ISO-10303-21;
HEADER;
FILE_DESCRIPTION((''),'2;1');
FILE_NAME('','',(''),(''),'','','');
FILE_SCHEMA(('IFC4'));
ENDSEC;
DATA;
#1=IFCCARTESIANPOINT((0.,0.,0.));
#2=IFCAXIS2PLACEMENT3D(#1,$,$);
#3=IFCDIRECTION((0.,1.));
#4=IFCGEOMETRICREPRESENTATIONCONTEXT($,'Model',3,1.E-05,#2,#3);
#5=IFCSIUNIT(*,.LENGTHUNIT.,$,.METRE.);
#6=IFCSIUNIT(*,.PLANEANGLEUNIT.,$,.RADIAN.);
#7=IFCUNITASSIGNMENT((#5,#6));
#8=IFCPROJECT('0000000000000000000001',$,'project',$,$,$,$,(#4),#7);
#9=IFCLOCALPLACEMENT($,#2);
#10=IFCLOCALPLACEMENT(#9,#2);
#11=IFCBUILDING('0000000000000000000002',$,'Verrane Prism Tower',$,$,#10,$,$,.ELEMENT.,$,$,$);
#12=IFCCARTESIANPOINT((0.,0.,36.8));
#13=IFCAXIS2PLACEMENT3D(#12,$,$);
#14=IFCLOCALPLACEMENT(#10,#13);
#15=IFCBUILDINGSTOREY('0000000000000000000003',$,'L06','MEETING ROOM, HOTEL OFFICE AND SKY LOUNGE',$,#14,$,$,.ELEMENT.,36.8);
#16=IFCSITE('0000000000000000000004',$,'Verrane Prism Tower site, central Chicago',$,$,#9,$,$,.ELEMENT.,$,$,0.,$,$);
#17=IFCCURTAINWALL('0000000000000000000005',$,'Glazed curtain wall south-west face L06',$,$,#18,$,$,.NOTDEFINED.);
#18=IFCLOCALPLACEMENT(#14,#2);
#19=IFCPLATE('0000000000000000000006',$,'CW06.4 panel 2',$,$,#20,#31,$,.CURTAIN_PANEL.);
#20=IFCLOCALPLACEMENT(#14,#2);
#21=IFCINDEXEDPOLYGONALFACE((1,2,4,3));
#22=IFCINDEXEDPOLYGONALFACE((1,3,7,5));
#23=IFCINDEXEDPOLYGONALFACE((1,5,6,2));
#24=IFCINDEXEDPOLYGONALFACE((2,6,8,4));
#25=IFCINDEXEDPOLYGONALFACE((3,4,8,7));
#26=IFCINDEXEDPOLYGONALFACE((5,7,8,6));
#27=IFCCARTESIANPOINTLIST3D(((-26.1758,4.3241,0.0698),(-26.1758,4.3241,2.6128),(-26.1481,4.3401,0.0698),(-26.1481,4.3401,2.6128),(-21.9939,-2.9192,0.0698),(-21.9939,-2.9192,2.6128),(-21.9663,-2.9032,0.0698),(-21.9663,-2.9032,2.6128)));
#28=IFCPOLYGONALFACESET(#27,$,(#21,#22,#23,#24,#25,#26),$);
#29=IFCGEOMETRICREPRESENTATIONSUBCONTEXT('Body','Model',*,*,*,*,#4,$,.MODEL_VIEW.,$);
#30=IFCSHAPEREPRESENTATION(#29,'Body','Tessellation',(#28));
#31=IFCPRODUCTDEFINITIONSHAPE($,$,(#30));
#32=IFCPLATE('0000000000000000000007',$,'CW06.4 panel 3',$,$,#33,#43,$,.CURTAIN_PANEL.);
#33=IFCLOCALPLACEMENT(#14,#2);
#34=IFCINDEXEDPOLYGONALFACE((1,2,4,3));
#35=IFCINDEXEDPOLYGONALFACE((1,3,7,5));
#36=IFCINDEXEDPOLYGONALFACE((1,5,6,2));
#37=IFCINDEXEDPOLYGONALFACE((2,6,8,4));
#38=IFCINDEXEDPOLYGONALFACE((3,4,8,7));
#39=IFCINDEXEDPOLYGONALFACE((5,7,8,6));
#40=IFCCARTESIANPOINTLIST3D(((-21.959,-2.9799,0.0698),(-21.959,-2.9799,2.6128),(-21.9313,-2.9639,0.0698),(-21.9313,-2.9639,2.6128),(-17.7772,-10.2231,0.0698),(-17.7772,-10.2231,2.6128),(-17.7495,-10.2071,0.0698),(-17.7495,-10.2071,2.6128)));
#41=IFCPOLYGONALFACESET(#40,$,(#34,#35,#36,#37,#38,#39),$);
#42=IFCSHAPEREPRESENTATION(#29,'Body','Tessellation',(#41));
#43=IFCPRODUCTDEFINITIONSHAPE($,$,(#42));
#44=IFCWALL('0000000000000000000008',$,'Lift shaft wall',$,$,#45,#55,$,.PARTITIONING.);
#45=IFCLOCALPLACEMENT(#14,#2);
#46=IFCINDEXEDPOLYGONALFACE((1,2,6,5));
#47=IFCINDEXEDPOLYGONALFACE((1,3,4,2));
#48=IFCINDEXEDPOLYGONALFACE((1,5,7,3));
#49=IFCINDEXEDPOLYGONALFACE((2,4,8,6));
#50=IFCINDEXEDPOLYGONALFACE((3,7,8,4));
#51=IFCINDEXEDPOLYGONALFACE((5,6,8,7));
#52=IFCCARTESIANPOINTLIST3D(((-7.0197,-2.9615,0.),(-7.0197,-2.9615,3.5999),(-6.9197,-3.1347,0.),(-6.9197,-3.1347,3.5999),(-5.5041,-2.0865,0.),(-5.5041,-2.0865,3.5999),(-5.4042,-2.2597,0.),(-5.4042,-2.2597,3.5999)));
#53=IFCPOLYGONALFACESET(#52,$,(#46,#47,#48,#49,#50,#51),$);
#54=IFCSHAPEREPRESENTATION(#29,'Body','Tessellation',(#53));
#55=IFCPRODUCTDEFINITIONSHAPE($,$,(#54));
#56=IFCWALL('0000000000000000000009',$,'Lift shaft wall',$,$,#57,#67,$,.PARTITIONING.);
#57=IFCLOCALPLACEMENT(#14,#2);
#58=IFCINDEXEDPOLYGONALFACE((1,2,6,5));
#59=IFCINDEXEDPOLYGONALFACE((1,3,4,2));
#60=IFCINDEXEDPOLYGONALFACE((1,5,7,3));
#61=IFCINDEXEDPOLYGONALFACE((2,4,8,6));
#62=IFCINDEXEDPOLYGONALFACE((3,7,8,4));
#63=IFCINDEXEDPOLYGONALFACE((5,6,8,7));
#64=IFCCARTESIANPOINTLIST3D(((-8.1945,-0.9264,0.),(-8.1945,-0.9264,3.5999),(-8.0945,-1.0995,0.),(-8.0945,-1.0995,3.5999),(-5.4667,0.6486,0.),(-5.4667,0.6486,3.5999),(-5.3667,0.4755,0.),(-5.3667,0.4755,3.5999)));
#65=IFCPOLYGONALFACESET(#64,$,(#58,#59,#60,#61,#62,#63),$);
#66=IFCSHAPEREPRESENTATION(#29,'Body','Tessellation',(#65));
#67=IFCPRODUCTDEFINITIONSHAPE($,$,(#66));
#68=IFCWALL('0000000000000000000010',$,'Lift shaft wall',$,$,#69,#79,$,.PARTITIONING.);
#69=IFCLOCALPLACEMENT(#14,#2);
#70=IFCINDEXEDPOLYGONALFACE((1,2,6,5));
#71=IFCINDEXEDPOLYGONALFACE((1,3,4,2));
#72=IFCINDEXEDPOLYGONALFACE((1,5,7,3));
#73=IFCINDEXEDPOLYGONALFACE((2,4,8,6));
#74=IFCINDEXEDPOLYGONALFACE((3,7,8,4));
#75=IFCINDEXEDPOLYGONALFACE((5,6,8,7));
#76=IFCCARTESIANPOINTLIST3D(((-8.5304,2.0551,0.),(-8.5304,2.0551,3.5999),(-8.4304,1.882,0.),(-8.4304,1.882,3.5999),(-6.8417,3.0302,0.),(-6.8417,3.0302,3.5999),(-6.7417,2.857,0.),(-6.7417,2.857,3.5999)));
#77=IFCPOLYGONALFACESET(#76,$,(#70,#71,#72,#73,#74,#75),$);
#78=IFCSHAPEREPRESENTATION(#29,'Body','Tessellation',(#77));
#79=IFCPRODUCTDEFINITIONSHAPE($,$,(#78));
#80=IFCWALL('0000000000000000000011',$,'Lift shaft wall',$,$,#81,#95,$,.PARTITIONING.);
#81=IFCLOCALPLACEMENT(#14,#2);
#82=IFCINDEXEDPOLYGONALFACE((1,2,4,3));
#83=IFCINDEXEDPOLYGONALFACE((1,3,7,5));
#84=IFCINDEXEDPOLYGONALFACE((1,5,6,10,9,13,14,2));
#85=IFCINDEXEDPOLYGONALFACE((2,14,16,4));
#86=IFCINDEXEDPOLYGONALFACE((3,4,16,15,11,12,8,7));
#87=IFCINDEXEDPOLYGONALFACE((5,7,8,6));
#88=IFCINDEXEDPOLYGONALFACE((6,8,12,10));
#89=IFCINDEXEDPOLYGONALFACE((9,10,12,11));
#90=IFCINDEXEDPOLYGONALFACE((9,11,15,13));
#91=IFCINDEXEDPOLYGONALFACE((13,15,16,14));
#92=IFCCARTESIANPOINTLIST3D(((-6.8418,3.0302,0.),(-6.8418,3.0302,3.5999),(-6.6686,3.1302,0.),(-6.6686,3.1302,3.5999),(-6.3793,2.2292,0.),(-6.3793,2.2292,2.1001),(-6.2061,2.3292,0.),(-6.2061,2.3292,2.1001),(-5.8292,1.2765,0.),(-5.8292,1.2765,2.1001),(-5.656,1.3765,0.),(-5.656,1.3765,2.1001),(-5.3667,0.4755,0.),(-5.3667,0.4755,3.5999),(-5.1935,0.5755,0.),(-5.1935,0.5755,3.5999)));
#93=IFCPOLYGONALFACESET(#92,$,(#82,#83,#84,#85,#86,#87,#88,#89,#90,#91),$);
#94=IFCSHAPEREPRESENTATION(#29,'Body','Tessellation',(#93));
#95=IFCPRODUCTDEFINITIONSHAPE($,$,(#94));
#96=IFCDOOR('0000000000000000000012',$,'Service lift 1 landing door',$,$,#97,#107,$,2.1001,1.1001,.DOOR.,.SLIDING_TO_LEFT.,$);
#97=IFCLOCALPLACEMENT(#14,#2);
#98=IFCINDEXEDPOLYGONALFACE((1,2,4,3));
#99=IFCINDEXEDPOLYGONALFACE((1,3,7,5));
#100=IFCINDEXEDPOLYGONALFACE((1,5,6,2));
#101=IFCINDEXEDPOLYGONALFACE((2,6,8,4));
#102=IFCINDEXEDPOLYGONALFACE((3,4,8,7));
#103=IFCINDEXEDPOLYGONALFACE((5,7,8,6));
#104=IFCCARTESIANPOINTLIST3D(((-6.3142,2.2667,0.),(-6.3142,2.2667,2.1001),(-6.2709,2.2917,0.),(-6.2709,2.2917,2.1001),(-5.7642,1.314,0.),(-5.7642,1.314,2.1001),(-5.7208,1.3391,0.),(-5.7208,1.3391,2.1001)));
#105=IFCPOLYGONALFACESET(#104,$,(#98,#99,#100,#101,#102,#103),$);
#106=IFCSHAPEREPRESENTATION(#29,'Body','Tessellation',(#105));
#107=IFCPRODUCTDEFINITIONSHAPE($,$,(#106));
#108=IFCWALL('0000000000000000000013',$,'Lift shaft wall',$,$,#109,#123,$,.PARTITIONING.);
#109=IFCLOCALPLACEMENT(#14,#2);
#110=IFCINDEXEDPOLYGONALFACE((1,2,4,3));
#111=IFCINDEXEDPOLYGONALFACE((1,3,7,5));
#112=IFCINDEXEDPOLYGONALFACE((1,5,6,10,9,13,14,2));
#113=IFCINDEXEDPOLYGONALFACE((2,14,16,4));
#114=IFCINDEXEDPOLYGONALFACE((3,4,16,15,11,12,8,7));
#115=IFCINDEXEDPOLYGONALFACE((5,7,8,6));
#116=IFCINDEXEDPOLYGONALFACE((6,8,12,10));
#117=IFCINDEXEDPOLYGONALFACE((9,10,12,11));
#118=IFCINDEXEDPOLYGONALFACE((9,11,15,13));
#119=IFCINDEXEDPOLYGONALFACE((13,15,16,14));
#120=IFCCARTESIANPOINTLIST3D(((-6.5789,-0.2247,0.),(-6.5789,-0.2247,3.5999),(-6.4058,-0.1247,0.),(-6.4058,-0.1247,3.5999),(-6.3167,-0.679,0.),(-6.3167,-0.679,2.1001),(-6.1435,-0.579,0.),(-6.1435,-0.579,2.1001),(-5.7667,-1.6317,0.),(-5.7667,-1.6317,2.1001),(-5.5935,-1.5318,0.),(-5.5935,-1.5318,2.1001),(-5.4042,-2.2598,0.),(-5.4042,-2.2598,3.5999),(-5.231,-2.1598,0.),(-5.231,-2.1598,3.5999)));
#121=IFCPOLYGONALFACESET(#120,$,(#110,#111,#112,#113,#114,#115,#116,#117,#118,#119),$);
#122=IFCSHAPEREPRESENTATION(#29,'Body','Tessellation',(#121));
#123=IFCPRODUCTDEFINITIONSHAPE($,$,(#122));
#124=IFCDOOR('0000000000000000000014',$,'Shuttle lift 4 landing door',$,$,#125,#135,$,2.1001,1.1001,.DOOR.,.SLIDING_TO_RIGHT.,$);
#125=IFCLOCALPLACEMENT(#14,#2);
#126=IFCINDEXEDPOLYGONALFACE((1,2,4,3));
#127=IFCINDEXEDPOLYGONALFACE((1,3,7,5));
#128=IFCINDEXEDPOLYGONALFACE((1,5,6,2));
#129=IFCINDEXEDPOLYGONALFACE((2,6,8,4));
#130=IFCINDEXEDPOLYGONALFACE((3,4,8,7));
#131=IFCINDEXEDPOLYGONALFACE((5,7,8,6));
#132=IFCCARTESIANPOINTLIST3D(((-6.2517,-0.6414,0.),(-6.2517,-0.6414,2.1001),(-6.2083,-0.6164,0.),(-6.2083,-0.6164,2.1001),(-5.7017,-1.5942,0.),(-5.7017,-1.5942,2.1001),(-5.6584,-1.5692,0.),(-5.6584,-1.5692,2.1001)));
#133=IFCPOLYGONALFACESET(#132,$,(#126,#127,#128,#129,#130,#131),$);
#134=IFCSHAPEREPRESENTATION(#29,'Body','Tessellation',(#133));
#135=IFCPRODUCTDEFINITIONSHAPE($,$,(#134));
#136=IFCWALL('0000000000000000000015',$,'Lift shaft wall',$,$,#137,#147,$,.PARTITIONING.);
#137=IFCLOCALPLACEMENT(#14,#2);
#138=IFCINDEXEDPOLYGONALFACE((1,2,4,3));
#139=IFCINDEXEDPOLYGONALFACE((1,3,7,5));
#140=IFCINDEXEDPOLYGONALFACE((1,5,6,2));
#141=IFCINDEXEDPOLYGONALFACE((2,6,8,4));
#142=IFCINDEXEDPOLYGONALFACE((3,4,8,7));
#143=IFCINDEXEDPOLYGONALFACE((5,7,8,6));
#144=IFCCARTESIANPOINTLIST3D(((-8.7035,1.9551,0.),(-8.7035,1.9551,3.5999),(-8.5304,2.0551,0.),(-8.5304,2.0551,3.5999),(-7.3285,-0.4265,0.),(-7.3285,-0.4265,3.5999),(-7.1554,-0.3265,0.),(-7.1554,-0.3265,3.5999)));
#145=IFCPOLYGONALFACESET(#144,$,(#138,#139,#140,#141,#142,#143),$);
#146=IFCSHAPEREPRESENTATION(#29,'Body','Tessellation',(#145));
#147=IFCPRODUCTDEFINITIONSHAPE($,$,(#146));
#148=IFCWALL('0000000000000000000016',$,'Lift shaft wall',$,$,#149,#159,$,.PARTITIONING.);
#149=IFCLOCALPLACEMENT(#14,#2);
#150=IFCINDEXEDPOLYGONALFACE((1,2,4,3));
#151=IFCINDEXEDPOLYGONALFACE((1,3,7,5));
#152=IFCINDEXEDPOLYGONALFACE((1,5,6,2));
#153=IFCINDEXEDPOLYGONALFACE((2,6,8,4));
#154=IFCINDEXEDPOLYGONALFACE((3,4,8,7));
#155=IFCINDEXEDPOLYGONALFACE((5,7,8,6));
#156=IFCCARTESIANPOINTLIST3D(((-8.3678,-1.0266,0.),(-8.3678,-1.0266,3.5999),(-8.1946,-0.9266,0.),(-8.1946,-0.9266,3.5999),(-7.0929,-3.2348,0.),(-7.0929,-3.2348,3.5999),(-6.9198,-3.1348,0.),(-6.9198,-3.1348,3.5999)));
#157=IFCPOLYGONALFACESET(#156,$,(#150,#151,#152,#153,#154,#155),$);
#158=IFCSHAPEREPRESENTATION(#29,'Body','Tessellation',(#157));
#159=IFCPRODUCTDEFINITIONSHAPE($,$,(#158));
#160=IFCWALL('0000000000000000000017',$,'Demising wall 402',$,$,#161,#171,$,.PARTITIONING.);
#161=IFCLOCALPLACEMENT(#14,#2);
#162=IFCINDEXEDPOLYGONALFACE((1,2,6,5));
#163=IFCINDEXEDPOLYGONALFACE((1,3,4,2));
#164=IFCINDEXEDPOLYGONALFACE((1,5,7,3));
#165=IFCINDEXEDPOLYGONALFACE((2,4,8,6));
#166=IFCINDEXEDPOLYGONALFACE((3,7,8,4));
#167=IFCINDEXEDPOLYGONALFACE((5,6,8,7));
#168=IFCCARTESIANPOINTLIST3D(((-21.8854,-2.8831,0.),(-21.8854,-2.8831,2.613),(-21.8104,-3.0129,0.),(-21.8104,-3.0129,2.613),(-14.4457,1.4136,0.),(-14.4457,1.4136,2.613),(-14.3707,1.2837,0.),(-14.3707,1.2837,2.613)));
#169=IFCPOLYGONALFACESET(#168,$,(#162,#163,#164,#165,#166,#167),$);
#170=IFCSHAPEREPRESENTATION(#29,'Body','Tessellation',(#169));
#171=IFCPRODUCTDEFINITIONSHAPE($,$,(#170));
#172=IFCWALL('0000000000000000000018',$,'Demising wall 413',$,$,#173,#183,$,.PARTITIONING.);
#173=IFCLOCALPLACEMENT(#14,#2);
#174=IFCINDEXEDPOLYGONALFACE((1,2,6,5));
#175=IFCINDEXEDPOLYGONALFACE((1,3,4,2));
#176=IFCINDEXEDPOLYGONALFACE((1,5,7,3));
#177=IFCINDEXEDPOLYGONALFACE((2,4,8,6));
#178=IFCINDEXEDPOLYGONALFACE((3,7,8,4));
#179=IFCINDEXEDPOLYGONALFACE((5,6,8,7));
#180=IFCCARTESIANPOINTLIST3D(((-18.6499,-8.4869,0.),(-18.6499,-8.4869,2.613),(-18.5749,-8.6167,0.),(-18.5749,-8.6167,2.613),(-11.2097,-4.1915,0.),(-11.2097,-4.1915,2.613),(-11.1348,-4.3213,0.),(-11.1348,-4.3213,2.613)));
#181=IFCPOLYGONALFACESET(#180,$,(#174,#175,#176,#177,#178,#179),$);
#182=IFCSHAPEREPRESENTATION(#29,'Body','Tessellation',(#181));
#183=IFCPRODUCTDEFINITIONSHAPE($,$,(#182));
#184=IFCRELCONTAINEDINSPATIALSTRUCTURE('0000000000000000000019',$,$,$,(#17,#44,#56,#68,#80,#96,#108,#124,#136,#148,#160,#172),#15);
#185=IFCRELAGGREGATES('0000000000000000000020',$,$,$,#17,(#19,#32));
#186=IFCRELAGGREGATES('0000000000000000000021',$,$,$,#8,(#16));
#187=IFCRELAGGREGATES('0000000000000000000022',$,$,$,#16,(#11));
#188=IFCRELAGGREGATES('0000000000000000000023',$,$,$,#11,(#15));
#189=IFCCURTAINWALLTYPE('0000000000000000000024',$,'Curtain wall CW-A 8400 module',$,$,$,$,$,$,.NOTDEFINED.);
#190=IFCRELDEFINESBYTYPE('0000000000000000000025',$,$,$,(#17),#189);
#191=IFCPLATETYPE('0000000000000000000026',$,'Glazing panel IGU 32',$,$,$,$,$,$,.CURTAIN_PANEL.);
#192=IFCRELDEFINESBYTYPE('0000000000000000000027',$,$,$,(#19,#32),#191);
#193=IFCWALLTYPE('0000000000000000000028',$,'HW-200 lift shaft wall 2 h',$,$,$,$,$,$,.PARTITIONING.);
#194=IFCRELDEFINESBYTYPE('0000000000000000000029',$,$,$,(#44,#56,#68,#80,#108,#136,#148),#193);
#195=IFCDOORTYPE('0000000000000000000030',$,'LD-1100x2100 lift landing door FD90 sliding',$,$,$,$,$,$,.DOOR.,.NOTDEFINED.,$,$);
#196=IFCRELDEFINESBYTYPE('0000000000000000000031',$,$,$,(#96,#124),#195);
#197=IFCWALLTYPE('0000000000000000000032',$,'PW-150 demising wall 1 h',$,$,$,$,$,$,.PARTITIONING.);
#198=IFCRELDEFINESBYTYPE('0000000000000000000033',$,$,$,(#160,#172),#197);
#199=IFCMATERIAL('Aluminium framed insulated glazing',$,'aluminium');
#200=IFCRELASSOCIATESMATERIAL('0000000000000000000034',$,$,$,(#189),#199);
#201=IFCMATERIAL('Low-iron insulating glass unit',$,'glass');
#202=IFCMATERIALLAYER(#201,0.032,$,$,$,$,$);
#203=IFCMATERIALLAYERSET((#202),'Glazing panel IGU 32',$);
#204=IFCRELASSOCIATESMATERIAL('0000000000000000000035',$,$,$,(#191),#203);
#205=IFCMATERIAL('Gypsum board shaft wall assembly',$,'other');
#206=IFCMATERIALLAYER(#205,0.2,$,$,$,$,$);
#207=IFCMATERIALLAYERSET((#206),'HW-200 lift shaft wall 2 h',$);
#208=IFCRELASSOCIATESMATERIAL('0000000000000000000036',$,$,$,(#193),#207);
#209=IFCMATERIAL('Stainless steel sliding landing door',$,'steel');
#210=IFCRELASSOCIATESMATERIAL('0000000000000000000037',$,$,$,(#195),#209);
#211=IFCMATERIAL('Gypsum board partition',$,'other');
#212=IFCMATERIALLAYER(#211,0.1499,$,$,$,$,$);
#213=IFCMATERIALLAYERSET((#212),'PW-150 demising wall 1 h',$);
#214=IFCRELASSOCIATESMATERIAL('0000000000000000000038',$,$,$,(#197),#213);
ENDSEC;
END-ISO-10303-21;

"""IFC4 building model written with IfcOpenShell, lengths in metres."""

from ifc_helpers import new_model, si_unit, direction, frame, frame_2d, origin, origin_2d, place, context, subcontext, project, spatial, rectangle, extrude, material, layer, layer_set, type_object, element, fill, aggregate, save


model = new_model("IFC4")

# Units and contexts
model_context = context("Model", 3, precision=1e-05, world=origin(), true_north=direction((0.0, 1.0)))
body_context = subcontext(model_context, "Body", "Model", "MODEL_VIEW")
ifc_project = project(units=[si_unit("LENGTHUNIT", "METRE"), si_unit("PLANEANGLEUNIT", "RADIAN")], contexts=[model_context])

# Site, building, storey
site_placement = place(None, origin())
site = spatial("IfcSite", under=ifc_project, at=site_placement, Name="Verrane Prism Tower site, central Chicago", CompositionType="ELEMENT", RefElevation=0.0)
building_placement = place(site_placement, origin())
building = spatial("IfcBuilding", under=site, at=building_placement, Name="Verrane Prism Tower", CompositionType="ELEMENT")
storey_placement = place(building_placement, frame((0.0, 0.0, 36.8)))
storey = spatial("IfcBuildingStorey", under=building, at=storey_placement, Name="L06", Description="MEETING ROOM, HOTEL OFFICE AND SKY LOUNGE", CompositionType="ELEMENT", Elevation=36.8)

# Curtain wall
ifc_material_1 = material(Name="Aluminium framed insulated glazing", Category="aluminium")
curtain_wall_type = type_object("IfcCurtainWallType", Name="Curtain wall CW-A 8400 module", PredefinedType="NOTDEFINED", material=ifc_material_1)
curtain_wall_placement = place(storey_placement, origin())
curtain_wall = element("IfcCurtainWall", 1, at=curtain_wall_placement, inside=storey, type_object=curtain_wall_type, Name="Glazed curtain wall south-west face L06", PredefinedType="NOTDEFINED")

# Plates
ifc_material_2 = material(Name="Low-iron insulating glass unit", Category="glass")
ifc_layer_1 = layer(ifc_material_2, 0.032)
ifc_layer_set_1 = layer_set([ifc_layer_1], Name="Glazing panel IGU 32")
plate_type = type_object("IfcPlateType", Name="Glazing panel IGU 32", PredefinedType="CURTAIN_PANEL", material=ifc_layer_set_1)
plate_1_placement = place(storey_placement, frame((-24.071, 0.7104, 0.0698), z_axis=(0.0, 0.0, 1.0), x_axis=(0.5, -0.866025, 0.0)))
plate_1 = element("IfcPlate", 2, at=plate_1_placement, type_object=plate_type, Name="CW06.4 panel 2", PredefinedType="CURTAIN_PANEL", context=body_context, shape_type="SweptSolid", body=[
    extrude(rectangle(XDim=8.3638, YDim=0.032, at=origin_2d()), origin(), (0.0, 0.0, 1.0), 2.543),
])
plate_2_placement = place(storey_placement, frame((-19.8542, -6.5935, 0.0698), z_axis=(0.0, 0.0, 1.0), x_axis=(0.5, -0.866025, 0.0)))
plate_2 = element("IfcPlate", 3, at=plate_2_placement, type_object=plate_type, Name="CW06.4 panel 3", PredefinedType="CURTAIN_PANEL", context=body_context, shape_type="SweptSolid", body=[
    extrude(rectangle(XDim=8.3638, YDim=0.032, at=origin_2d()), origin(), (0.0, 0.0, 1.0), 2.543),
])
aggregate(curtain_wall, [plate_1, plate_2])

# Walls
ifc_material_3 = material(Name="Gypsum board shaft wall assembly", Category="other")
ifc_layer_2 = layer(ifc_material_3, 0.2)
ifc_layer_set_2 = layer_set([ifc_layer_2], Name="HW-200 lift shaft wall 2 h")
wall_type_1 = type_object("IfcWallType", Name="HW-200 lift shaft wall 2 h", PredefinedType="PARTITIONING", material=ifc_layer_set_2)
wall_1_placement = place(storey_placement, frame((-6.9697, -3.0481, 0.0), z_axis=(0.0, 0.0, 1.0), x_axis=(0.866037, 0.49998, 0.0)))
element("IfcWall", 4, at=wall_1_placement, inside=storey, type_object=wall_type_1, Name="Lift shaft wall", PredefinedType="PARTITIONING", context=body_context, shape_type="SweptSolid", body=[
    extrude(rectangle(XDim=1.75, YDim=0.2, at=frame_2d((0.875, 0.0))), origin(), (0.0, 0.0, 1.0), 3.5999),
])
wall_2_placement = place(storey_placement, frame((-8.1445, -1.0129, 0.0), z_axis=(0.0, 0.0, 1.0), x_axis=(0.866016, 0.500015, 0.0)))
element("IfcWall", 5, at=wall_2_placement, inside=storey, type_object=wall_type_1, Name="Lift shaft wall", PredefinedType="PARTITIONING", context=body_context, shape_type="SweptSolid", body=[
    extrude(rectangle(XDim=3.1499, YDim=0.2, at=frame_2d((1.575, 0.0))), origin(), (0.0, 0.0, 1.0), 3.5999),
])
wall_3_placement = place(storey_placement, frame((-8.4805, 1.9685, 0.0), z_axis=(0.0, 0.0, 1.0), x_axis=(0.866, 0.500044, 0.0)))
element("IfcWall", 6, at=wall_3_placement, inside=storey, type_object=wall_type_1, Name="Lift shaft wall", PredefinedType="PARTITIONING", context=body_context, shape_type="SweptSolid", body=[
    extrude(rectangle(XDim=1.95, YDim=0.2, at=frame_2d((0.9751, 0.0))), origin(), (0.0, 0.0, 1.0), 3.5999),
])

# Walls, openings, doors
wall_4_placement = place(storey_placement, frame((-5.28, 0.5254, 0.0), z_axis=(0.0, 0.0, 1.0), x_axis=(-0.500038, 0.866004, 0.0)))
wall_4 = element("IfcWall", 7, at=wall_4_placement, inside=storey, type_object=wall_type_1, Name="Lift shaft wall", PredefinedType="PARTITIONING", context=body_context, shape_type="SweptSolid", body=[
    extrude(rectangle(XDim=2.95, YDim=0.2, at=frame_2d((1.4751, 0.0))), origin(), (0.0, 0.0, 1.0), 3.5999),
])
opening_1_placement = place(wall_4_placement, frame((0.925, 0.0, 0.0)))
opening_1 = element("IfcOpeningElement", 8, at=opening_1_placement, cuts=wall_4, PredefinedType="OPENING", context=body_context, shape_type="SweptSolid", body=[
    extrude(rectangle(XDim=1.1001, YDim=2.1001, at=frame_2d((0.55, 1.05))), frame((0.0, 0.1099, 0.0), z_axis=(0.0, -1.0, 0.0), x_axis=(1.0, 0.0, 0.0)), (0.0, 0.0, 1.0), 0.22),
])
ifc_material_4 = material(Name="Stainless steel sliding landing door", Category="steel")
door_type_1 = type_object("IfcDoorType", Name="LD-1100x2100 lift landing door FD90 sliding", OperationType="NOTDEFINED", PredefinedType="DOOR", material=ifc_material_4)
door_1_placement = place(opening_1_placement, origin())
door_1 = element("IfcDoor", 9, at=door_1_placement, inside=storey, type_object=door_type_1, Name="Service lift 1 landing door", OperationType="SLIDING_TO_LEFT", OverallHeight=2.1001, OverallWidth=1.1001, PredefinedType="DOOR", context=body_context, shape_type="SweptSolid", body=[
    extrude(rectangle(XDim=1.1001, YDim=2.1001, at=frame_2d((0.55, 1.05))), frame((0.0, 0.0249, 0.0), z_axis=(0.0, -1.0, 0.0), x_axis=(1.0, 0.0, 0.0)), (0.0, 0.0, 1.0), 0.05),
])
fill(opening_1, door_1)
wall_5_placement = place(storey_placement, frame((-5.3176, -2.2097, 0.0), z_axis=(0.0, 0.0, 1.0), x_axis=(-0.499938, 0.866061, 0.0)))
wall_5 = element("IfcWall", 10, at=wall_5_placement, inside=storey, type_object=wall_type_1, Name="Lift shaft wall", PredefinedType="PARTITIONING", context=body_context, shape_type="SweptSolid", body=[
    extrude(rectangle(XDim=2.3499, YDim=0.2, at=frame_2d((1.1748, 0.0))), origin(), (0.0, 0.0, 1.0), 3.5999),
])
opening_2_placement = place(wall_5_placement, frame((0.7251, 0.0, 0.0)))
opening_2 = element("IfcOpeningElement", 11, at=opening_2_placement, cuts=wall_5, PredefinedType="OPENING", context=body_context, shape_type="SweptSolid", body=[
    extrude(rectangle(XDim=1.1001, YDim=2.1001, at=frame_2d((0.55, 1.05))), frame((0.0, 0.1099, 0.0), z_axis=(0.0, -1.0, 0.0), x_axis=(1.0, 0.0, 0.0)), (0.0, 0.0, 1.0), 0.22),
])
door_2_placement = place(opening_2_placement, origin())
door_2 = element("IfcDoor", 12, at=door_2_placement, inside=storey, type_object=door_type_1, Name="Shuttle lift 4 landing door", OperationType="SLIDING_TO_RIGHT", OverallHeight=2.1001, OverallWidth=1.1001, PredefinedType="DOOR", context=body_context, shape_type="SweptSolid", body=[
    extrude(rectangle(XDim=1.1001, YDim=2.1001, at=frame_2d((0.55, 1.05))), frame((0.0, 0.0249, 0.0), z_axis=(0.0, -1.0, 0.0), x_axis=(1.0, 0.0, 0.0)), (0.0, 0.0, 1.0), 0.05),
])
fill(opening_2, door_2)

# Walls
wall_6_placement = place(storey_placement, frame((-7.2419, -0.3765, 0.0), z_axis=(0.0, 0.0, 1.0), x_axis=(-0.499997, 0.866027, 0.0)))
element("IfcWall", 13, at=wall_6_placement, inside=storey, type_object=wall_type_1, Name="Lift shaft wall", PredefinedType="PARTITIONING", context=body_context, shape_type="SweptSolid", body=[
    extrude(rectangle(XDim=2.75, YDim=0.2, at=frame_2d((1.375, 0.0))), origin(), (0.0, 0.0, 1.0), 3.5999),
])
wall_7_placement = place(storey_placement, frame((-7.0063, -3.1848, 0.0), z_axis=(0.0, 0.0, 1.0), x_axis=(-0.49999, 0.866031, 0.0)))
element("IfcWall", 14, at=wall_7_placement, inside=storey, type_object=wall_type_1, Name="Lift shaft wall", PredefinedType="PARTITIONING", context=body_context, shape_type="SweptSolid", body=[
    extrude(rectangle(XDim=2.5498, YDim=0.2, at=frame_2d((1.2749, 0.0))), origin(), (0.0, 0.0, 1.0), 3.5999),
])
ifc_material_5 = material(Name="Gypsum board partition", Category="other")
ifc_layer_3 = layer(ifc_material_5, 0.1499)
ifc_layer_set_3 = layer_set([ifc_layer_3], Name="PW-150 demising wall 1 h")
wall_type_2 = type_object("IfcWallType", Name="PW-150 demising wall 1 h", PredefinedType="PARTITIONING", material=ifc_layer_set_3)
wall_8_placement = place(storey_placement, frame((-21.8479, -2.948, 0.0), z_axis=(0.0, 0.0, 1.0), x_axis=(0.865959, 0.500115, 0.0)))
element("IfcWall", 15, at=wall_8_placement, inside=storey, type_object=wall_type_2, Name="Demising wall 402", PredefinedType="PARTITIONING", context=body_context, shape_type="SweptSolid", body=[
    extrude(rectangle(XDim=8.5913, YDim=0.1499, at=frame_2d((4.2957, 0.0))), origin(), (0.0, 0.0, 1.0), 2.613),
])
wall_9_placement = place(storey_placement, frame((-18.6123, -8.5518, 0.0), z_axis=(0.0, 0.0, 1.0), x_axis=(0.866035, 0.499984, 0.0)))
element("IfcWall", 16, at=wall_9_placement, inside=storey, type_object=wall_type_2, Name="Demising wall 413", PredefinedType="PARTITIONING", context=body_context, shape_type="SweptSolid", body=[
    extrude(rectangle(XDim=8.5911, YDim=0.1499, at=frame_2d((4.2954, 0.0))), origin(), (0.0, 0.0, 1.0), 2.613),
])

save(model, "model.ifc")
